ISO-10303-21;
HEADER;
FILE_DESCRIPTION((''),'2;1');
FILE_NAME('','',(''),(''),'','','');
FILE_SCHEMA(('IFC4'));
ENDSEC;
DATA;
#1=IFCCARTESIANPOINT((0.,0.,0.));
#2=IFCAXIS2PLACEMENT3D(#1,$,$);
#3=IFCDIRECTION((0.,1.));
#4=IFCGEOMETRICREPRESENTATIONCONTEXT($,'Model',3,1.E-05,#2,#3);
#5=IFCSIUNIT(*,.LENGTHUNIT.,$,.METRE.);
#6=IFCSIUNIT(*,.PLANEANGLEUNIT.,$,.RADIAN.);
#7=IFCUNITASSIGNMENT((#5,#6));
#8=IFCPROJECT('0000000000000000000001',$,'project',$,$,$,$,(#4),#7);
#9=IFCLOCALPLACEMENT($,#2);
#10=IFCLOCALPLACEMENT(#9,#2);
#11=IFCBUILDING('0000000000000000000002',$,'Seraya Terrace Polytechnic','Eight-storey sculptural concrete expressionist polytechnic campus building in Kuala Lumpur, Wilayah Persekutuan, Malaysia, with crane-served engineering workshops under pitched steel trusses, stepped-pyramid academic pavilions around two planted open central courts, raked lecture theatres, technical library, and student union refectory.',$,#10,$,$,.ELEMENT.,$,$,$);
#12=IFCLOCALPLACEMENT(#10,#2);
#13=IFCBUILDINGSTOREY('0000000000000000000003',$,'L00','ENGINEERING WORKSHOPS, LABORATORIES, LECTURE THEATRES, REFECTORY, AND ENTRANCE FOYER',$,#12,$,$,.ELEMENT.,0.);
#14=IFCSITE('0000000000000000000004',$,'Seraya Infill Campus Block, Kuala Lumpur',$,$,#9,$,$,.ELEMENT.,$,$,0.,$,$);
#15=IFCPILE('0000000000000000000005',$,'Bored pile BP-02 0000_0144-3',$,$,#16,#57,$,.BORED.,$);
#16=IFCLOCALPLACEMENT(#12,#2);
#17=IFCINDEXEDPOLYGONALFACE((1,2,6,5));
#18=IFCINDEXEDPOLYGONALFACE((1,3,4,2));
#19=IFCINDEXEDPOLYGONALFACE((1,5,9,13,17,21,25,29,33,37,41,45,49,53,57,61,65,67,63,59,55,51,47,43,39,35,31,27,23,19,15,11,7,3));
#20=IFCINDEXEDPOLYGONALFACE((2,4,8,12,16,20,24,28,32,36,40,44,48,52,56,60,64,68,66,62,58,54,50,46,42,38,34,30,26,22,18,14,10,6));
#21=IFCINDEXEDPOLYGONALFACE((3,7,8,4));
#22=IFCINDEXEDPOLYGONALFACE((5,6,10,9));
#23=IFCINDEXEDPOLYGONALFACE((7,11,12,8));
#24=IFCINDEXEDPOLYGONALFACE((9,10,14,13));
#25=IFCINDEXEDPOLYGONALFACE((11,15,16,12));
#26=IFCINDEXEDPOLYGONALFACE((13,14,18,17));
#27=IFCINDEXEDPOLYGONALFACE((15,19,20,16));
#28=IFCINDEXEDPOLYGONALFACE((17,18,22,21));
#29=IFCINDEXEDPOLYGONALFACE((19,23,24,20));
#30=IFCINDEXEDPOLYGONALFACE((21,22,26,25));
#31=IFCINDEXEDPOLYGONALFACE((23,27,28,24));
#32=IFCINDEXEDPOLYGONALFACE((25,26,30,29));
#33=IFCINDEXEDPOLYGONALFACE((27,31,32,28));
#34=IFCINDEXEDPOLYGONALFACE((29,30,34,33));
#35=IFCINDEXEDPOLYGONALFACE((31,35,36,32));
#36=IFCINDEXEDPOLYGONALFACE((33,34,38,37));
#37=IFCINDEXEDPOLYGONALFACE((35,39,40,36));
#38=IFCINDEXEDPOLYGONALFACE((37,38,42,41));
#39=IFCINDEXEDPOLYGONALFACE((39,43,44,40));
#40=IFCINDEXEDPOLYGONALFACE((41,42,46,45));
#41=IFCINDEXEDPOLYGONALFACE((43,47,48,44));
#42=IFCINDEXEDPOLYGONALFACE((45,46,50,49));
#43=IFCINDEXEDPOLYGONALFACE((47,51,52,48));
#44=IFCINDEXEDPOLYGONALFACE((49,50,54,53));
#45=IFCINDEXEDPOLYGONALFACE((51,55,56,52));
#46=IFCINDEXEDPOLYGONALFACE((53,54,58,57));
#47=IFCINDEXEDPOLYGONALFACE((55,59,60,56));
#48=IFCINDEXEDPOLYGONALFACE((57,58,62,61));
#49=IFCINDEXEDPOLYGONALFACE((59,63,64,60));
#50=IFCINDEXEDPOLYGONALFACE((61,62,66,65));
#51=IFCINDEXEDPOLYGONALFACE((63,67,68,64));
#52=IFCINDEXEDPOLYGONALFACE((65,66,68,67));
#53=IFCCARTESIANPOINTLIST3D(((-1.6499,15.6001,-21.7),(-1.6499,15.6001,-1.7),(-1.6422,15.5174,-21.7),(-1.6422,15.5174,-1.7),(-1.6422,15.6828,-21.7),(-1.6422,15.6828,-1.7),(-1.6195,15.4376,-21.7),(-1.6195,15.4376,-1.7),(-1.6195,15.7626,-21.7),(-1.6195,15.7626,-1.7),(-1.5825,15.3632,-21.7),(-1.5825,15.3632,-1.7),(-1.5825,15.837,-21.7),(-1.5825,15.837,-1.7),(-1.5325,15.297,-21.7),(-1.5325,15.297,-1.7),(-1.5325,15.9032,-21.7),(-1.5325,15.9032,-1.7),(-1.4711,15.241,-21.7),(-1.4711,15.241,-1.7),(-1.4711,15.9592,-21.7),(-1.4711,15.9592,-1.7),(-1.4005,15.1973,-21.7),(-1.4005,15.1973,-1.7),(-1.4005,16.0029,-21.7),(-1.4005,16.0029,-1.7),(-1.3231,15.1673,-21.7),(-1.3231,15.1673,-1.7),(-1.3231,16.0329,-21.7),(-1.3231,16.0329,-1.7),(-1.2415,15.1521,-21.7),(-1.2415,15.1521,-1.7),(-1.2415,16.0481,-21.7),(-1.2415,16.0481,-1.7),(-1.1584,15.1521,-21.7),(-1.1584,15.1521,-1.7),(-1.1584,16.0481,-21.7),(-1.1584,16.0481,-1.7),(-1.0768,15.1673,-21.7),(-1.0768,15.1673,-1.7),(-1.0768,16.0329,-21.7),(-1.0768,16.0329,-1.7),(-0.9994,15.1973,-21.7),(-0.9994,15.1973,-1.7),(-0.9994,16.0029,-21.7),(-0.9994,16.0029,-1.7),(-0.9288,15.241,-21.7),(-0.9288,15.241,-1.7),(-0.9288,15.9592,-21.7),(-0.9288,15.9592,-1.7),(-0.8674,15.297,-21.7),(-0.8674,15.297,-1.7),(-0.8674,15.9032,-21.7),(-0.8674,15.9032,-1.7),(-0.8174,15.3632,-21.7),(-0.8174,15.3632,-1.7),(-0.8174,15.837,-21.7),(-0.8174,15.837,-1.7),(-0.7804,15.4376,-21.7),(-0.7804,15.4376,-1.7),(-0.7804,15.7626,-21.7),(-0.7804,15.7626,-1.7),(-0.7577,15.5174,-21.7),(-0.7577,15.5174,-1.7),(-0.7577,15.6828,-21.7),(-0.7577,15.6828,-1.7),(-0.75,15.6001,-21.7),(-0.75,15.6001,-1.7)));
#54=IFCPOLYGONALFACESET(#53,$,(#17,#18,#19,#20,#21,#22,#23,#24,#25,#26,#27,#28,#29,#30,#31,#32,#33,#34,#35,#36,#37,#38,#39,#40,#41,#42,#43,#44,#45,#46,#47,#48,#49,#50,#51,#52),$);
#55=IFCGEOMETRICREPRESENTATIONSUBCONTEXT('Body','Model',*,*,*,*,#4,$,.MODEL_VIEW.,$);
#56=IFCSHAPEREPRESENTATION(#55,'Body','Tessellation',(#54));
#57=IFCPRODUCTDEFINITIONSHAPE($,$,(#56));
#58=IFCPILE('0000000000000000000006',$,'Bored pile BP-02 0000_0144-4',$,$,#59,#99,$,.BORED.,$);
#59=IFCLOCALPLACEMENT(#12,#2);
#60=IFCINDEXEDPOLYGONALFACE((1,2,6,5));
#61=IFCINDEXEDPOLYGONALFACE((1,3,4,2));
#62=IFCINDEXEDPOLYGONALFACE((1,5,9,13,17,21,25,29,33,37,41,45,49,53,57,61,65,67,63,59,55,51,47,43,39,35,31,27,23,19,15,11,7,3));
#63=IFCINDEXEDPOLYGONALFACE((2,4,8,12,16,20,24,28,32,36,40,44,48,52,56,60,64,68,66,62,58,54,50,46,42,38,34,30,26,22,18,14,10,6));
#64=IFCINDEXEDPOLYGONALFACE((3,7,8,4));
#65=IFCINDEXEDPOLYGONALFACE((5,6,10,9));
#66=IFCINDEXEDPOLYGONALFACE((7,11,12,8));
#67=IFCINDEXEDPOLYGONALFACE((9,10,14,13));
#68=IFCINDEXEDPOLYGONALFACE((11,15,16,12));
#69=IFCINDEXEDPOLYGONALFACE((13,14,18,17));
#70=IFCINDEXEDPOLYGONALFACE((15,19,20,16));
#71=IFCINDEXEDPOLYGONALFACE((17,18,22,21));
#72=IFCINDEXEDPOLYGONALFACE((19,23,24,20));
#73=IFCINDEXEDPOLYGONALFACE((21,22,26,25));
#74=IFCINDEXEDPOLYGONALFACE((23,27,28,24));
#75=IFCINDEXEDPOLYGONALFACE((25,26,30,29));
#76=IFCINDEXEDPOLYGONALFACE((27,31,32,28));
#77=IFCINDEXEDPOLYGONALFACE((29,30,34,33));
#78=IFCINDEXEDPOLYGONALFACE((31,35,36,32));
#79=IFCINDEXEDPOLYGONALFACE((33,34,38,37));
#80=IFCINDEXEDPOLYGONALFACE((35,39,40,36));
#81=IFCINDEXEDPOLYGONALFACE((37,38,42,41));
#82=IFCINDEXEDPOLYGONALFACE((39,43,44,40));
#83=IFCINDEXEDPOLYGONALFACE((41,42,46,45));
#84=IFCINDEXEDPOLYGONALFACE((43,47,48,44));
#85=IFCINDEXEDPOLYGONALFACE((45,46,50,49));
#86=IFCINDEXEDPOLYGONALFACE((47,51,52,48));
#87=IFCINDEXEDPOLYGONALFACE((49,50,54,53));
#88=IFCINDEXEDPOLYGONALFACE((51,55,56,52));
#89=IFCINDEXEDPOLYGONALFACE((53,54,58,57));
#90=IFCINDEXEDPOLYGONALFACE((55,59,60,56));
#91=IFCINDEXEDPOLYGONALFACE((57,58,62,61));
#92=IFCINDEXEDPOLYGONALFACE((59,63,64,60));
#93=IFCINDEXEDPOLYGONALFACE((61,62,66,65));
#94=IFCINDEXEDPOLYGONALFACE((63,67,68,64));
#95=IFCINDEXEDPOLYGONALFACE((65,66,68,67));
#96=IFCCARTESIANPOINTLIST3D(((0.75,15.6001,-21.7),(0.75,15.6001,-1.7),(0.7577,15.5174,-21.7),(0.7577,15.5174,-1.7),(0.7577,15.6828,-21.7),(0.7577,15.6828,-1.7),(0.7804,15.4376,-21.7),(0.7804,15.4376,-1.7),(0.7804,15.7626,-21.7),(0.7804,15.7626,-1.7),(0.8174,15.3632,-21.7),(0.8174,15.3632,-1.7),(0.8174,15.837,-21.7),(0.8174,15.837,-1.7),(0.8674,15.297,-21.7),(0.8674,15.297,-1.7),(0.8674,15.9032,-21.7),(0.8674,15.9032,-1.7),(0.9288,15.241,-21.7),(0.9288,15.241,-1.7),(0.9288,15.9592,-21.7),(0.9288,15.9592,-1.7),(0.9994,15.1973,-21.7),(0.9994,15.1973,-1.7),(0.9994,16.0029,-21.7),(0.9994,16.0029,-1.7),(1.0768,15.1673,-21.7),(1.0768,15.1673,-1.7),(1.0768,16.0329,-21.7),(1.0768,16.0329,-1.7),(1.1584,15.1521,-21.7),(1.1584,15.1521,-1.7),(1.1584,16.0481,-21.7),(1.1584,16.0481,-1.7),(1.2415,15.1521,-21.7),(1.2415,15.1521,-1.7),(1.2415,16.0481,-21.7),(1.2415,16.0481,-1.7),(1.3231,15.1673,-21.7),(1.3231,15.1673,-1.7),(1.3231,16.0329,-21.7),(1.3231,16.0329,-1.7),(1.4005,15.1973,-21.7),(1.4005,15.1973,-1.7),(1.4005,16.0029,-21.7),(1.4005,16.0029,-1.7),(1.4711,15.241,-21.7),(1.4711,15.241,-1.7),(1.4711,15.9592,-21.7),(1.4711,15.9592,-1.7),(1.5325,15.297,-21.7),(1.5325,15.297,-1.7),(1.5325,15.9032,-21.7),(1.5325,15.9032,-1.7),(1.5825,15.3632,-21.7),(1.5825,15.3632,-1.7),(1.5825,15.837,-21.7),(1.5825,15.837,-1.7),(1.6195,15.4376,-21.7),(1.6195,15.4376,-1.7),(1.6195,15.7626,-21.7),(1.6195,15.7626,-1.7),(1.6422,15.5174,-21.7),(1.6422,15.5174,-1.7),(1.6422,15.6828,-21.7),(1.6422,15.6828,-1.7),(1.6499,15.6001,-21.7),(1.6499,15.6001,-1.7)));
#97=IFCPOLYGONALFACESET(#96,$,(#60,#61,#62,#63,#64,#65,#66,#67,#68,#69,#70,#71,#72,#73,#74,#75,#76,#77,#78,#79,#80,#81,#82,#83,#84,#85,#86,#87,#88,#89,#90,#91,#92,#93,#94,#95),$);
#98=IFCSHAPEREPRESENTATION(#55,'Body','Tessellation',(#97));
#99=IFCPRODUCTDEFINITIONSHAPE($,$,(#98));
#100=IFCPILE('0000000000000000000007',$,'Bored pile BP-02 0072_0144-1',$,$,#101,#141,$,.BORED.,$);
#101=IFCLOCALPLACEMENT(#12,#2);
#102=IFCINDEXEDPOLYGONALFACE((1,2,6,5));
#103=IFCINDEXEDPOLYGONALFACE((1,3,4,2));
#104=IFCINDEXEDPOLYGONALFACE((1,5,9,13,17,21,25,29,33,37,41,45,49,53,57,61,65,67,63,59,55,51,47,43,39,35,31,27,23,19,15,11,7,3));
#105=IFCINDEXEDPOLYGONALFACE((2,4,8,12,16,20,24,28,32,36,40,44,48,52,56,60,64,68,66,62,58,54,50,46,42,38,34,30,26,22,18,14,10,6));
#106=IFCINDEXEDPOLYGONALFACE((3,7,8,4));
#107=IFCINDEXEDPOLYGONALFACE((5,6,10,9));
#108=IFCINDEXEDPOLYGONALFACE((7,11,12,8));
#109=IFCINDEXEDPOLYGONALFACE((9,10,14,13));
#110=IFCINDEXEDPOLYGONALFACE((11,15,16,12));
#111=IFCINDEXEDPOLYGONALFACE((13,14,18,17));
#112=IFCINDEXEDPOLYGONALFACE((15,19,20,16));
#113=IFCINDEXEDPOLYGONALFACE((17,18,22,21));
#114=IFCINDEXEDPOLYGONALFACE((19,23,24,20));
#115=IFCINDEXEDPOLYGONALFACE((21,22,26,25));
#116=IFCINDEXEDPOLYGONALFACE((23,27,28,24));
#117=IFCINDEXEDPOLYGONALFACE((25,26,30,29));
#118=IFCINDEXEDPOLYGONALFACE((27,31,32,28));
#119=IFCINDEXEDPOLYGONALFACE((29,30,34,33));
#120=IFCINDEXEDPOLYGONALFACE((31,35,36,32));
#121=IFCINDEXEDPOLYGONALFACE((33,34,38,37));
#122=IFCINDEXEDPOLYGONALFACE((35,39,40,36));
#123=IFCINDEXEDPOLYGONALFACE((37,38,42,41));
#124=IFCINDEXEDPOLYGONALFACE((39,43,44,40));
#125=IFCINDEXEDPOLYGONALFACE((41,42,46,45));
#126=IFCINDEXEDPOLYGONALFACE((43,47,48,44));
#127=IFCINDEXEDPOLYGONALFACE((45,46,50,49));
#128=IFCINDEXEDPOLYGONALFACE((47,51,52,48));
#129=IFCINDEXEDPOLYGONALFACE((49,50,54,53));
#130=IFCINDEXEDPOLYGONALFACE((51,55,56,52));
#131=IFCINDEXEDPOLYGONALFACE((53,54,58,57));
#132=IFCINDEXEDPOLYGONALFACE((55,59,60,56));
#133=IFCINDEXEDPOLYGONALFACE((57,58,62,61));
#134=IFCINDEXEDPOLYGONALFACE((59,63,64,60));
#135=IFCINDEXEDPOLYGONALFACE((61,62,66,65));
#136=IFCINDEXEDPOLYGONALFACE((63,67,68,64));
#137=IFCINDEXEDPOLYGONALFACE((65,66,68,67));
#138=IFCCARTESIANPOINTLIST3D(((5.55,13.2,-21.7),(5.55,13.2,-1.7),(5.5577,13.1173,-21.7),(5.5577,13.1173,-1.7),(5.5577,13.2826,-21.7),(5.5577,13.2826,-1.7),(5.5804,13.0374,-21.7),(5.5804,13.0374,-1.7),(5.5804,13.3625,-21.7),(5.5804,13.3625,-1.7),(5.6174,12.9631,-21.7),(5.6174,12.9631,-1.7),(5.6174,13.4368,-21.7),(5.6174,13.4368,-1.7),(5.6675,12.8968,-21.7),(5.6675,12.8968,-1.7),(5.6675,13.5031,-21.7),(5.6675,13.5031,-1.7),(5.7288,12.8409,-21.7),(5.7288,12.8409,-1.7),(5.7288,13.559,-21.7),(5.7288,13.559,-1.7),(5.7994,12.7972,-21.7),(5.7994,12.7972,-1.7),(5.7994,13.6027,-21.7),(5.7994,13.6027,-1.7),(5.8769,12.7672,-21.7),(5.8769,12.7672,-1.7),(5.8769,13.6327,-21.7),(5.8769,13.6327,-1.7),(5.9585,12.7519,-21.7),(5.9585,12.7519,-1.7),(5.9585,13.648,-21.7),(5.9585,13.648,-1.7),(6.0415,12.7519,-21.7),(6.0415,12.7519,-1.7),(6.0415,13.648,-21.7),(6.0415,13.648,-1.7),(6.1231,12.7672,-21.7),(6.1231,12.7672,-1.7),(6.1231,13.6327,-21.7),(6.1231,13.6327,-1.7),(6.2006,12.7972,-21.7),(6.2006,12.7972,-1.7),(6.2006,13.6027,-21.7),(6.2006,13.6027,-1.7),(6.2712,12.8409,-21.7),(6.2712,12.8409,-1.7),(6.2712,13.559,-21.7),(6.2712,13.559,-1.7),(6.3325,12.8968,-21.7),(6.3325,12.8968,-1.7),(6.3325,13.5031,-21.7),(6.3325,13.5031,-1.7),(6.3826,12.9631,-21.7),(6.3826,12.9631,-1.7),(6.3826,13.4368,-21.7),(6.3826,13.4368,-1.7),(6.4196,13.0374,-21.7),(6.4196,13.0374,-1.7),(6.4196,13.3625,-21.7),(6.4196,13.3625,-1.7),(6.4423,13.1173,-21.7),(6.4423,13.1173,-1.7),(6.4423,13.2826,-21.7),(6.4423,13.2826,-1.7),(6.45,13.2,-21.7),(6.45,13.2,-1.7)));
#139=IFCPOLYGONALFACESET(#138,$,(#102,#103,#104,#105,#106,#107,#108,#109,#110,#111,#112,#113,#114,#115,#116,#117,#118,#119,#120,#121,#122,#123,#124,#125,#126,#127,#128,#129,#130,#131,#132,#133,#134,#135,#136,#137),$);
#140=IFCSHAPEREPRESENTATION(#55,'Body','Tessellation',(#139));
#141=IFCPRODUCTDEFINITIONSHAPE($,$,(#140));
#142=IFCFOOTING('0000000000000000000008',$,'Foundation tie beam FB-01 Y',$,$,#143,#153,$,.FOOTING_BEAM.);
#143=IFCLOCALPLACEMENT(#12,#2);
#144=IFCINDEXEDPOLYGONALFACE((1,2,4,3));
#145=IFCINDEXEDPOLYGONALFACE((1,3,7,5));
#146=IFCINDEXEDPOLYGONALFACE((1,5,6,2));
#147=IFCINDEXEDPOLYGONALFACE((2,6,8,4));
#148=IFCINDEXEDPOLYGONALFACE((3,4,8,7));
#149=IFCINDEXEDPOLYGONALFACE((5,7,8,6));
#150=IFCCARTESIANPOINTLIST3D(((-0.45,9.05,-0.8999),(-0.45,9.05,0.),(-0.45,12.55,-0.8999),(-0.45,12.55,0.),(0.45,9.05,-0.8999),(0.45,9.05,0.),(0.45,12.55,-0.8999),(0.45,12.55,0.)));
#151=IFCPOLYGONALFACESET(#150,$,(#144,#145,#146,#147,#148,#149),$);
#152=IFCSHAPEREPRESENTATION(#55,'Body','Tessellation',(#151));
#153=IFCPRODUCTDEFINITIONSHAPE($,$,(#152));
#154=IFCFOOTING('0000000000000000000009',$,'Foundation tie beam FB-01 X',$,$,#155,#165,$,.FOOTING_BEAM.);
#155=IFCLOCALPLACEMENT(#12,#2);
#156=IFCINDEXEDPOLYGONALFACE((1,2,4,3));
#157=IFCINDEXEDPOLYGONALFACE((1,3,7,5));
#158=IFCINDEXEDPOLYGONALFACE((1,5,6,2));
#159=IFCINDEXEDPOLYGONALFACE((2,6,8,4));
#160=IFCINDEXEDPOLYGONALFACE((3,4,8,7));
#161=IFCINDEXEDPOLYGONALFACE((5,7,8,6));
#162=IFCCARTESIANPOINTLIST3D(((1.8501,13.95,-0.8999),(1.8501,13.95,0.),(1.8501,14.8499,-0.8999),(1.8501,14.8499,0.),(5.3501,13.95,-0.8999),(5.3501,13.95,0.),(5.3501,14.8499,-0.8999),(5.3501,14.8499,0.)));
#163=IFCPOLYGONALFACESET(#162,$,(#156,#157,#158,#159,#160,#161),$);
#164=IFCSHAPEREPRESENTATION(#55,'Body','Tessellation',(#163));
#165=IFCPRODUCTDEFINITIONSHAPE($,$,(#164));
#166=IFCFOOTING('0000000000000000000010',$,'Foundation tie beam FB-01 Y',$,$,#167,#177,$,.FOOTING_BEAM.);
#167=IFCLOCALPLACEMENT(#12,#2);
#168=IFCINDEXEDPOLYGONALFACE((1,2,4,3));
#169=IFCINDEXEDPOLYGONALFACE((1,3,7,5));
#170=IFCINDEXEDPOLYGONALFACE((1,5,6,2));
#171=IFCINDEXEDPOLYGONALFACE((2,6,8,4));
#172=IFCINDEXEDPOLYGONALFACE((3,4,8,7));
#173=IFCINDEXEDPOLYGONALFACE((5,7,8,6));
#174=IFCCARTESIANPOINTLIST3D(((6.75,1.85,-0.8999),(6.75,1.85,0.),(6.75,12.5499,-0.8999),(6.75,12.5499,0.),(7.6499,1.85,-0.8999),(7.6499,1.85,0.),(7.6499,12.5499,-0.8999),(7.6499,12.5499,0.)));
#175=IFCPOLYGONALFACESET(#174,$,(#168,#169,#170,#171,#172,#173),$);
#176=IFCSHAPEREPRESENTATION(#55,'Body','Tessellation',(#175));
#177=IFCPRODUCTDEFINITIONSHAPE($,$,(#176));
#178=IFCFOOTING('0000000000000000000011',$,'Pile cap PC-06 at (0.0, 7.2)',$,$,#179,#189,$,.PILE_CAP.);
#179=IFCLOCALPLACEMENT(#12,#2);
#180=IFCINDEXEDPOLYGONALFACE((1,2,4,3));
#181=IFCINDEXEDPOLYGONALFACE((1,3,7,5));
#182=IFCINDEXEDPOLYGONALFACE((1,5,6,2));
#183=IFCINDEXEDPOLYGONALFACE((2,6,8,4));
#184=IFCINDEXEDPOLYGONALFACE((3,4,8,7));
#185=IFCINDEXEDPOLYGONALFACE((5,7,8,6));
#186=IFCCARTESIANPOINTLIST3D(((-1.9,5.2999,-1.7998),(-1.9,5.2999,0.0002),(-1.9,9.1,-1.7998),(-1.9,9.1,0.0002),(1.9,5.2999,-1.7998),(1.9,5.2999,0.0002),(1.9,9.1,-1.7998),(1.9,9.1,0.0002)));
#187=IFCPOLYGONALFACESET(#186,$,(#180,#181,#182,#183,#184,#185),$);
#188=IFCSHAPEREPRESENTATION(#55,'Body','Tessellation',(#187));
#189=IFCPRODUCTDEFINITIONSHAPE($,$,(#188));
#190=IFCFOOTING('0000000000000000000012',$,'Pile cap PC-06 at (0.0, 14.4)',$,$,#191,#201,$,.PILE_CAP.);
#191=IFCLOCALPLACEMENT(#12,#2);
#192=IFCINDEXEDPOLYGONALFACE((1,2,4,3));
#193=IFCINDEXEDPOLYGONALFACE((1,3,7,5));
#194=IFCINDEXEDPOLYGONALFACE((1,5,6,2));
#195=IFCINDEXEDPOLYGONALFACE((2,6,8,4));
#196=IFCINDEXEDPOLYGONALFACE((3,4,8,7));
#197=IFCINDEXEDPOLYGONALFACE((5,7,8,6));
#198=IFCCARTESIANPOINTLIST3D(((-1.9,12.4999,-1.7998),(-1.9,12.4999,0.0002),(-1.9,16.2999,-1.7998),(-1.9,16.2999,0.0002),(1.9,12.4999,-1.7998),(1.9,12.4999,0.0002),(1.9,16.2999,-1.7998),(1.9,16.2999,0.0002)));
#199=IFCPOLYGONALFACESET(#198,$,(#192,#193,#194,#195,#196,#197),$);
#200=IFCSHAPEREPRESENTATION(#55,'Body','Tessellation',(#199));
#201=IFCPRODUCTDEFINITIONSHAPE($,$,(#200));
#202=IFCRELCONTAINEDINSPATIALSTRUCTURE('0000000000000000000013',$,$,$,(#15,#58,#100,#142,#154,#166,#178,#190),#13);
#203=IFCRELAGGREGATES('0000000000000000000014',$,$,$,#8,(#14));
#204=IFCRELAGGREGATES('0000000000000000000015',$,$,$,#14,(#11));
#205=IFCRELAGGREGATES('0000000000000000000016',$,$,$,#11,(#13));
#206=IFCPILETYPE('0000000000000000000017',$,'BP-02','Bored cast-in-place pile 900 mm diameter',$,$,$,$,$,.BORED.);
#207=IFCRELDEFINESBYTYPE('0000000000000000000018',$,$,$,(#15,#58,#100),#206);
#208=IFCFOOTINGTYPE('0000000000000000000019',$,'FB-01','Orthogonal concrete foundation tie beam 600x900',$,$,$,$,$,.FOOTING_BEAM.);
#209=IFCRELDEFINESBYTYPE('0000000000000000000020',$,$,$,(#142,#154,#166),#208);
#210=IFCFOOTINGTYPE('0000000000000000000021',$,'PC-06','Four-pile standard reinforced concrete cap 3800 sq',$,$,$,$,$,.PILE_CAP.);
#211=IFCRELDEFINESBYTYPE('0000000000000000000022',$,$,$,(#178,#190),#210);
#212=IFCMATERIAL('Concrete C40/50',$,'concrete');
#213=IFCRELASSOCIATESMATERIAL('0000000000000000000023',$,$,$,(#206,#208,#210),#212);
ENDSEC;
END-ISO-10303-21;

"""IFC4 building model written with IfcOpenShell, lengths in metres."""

from ifc_helpers import new_model, si_unit, direction, frame, origin, origin_2d, place, context, subcontext, project, spatial, rectangle, circle, extrude, material, material_profile, profile_set, type_object, element, save


model = new_model("IFC4")

# Units and contexts
model_context = context("Model", 3, precision=1e-05, world=origin(), true_north=direction((0.0, 1.0)))
body_context = subcontext(model_context, "Body", "Model", "MODEL_VIEW")
ifc_project = project(units=[si_unit("LENGTHUNIT", "METRE"), si_unit("PLANEANGLEUNIT", "RADIAN")], contexts=[model_context])

# Site, building, storey
site_placement = place(None, origin())
site = spatial("IfcSite", under=ifc_project, at=site_placement, Name="Seraya Infill Campus Block, Kuala Lumpur", CompositionType="ELEMENT", RefElevation=0.0)
building_placement = place(site_placement, origin())
building = spatial("IfcBuilding", under=site, at=building_placement, Name="Seraya Terrace Polytechnic", Description="Eight-storey sculptural concrete expressionist polytechnic campus building in Kuala Lumpur, Wilayah Persekutuan, Malaysia, with crane-served engineering workshops under pitched steel trusses, stepped-pyramid academic pavilions around two planted open central courts, raked lecture theatres, technical library, and student union refectory.", CompositionType="ELEMENT")
storey_placement = place(building_placement, origin())
storey = spatial("IfcBuildingStorey", under=building, at=storey_placement, Name="L00", Description="ENGINEERING WORKSHOPS, LABORATORIES, LECTURE THEATRES, REFECTORY, AND ENTRANCE FOYER", CompositionType="ELEMENT", Elevation=0.0)

# Piles
ifc_material_1 = material(Name="Concrete C40/50", Category="concrete")
ifc_material_profile_1 = material_profile(ifc_material_1, circle(Radius=0.45, at=origin_2d()), Name="DIA 900")
ifc_profile_set_1 = profile_set([ifc_material_profile_1], Name="Concrete C40/50")
pile_type = type_object("IfcPileType", Name="BP-02", Description="Bored cast-in-place pile 900 mm diameter", PredefinedType="BORED", material=ifc_profile_set_1)
for number, where, z_axis, x_axis, name in (
    (1, (-1.2, 15.6001, -1.7), (0.0, 0.0, -1.0), (1.0, 0.0, 0.0), "Bored pile BP-02 0000_0144-3"),
    (2, (1.2, 15.6001, -1.7), (0.0, 0.0, -1.0), (1.0, 0.0, 0.0), "Bored pile BP-02 0000_0144-4"),
    (3, (6.0, 13.2, -1.7), (0.0, 0.0, -1.0), (1.0, 0.0, 0.0), "Bored pile BP-02 0072_0144-1"),
):
    element("IfcPile", number, at=place(storey_placement, frame(where, z_axis=z_axis, x_axis=x_axis)), inside=storey, type_object=pile_type, Name=name, PredefinedType="BORED", context=body_context, shape_type="SweptSolid", body=[
        extrude(circle(Radius=0.45, at=origin_2d()), origin(), (0.0, 0.0, 1.0), 20.0),
    ])

# Footings
footing_type_1 = type_object("IfcFootingType", Name="FB-01", Description="Orthogonal concrete foundation tie beam 600x900", PredefinedType="FOOTING_BEAM", material=ifc_material_1)
for number, where, z_axis, x_axis, name in (
    (4, (0.0, 10.8, -0.8999), (0.0, 0.0, 1.0), (0.0, 1.0, 0.0), "Foundation tie beam FB-01 Y"),
    (5, (3.6001, 14.3999, -0.8999), (0.0, 0.0, 1.0), (1.0, 0.0, 0.0), "Foundation tie beam FB-01 X"),
):
    element("IfcFooting", number, at=place(storey_placement, frame(where, z_axis=z_axis, x_axis=x_axis)), inside=storey, type_object=footing_type_1, Name=name, PredefinedType="FOOTING_BEAM", context=body_context, shape_type="SweptSolid", body=[
        extrude(rectangle(XDim=3.5, YDim=0.8999, at=origin_2d()), origin(), (0.0, 0.0, 1.0), 0.8999),
    ])
footing_placement = place(storey_placement, frame((7.2, 7.2, -0.8999), z_axis=(0.0, 0.0, 1.0), x_axis=(0.0, 1.0, 0.0)))
element("IfcFooting", 6, at=footing_placement, inside=storey, type_object=footing_type_1, Name="Foundation tie beam FB-01 Y", PredefinedType="FOOTING_BEAM", context=body_context, shape_type="SweptSolid", body=[
    extrude(rectangle(XDim=10.7, YDim=0.8999, at=origin_2d()), origin(), (0.0, 0.0, 1.0), 0.8999),
])
footing_type_2 = type_object("IfcFootingType", Name="PC-06", Description="Four-pile standard reinforced concrete cap 3800 sq", PredefinedType="PILE_CAP", material=ifc_material_1)
for number, where, z_axis, x_axis, name in (
    (7, (0.0, 7.2, -1.7998), (0.0, 0.0, 1.0), (1.0, 0.0, 0.0), "Pile cap PC-06 at (0.0, 7.2)"),
    (8, (0.0, 14.3999, -1.7998), (0.0, 0.0, 1.0), (1.0, 0.0, 0.0), "Pile cap PC-06 at (0.0, 14.4)"),
):
    element("IfcFooting", number, at=place(storey_placement, frame(where, z_axis=z_axis, x_axis=x_axis)), inside=storey, type_object=footing_type_2, Name=name, PredefinedType="PILE_CAP", context=body_context, shape_type="SweptSolid", body=[
        extrude(rectangle(XDim=3.8, YDim=3.8, at=origin_2d()), origin(), (0.0, 0.0, 1.0), 1.8),
    ])

save(model, "model.ifc")
